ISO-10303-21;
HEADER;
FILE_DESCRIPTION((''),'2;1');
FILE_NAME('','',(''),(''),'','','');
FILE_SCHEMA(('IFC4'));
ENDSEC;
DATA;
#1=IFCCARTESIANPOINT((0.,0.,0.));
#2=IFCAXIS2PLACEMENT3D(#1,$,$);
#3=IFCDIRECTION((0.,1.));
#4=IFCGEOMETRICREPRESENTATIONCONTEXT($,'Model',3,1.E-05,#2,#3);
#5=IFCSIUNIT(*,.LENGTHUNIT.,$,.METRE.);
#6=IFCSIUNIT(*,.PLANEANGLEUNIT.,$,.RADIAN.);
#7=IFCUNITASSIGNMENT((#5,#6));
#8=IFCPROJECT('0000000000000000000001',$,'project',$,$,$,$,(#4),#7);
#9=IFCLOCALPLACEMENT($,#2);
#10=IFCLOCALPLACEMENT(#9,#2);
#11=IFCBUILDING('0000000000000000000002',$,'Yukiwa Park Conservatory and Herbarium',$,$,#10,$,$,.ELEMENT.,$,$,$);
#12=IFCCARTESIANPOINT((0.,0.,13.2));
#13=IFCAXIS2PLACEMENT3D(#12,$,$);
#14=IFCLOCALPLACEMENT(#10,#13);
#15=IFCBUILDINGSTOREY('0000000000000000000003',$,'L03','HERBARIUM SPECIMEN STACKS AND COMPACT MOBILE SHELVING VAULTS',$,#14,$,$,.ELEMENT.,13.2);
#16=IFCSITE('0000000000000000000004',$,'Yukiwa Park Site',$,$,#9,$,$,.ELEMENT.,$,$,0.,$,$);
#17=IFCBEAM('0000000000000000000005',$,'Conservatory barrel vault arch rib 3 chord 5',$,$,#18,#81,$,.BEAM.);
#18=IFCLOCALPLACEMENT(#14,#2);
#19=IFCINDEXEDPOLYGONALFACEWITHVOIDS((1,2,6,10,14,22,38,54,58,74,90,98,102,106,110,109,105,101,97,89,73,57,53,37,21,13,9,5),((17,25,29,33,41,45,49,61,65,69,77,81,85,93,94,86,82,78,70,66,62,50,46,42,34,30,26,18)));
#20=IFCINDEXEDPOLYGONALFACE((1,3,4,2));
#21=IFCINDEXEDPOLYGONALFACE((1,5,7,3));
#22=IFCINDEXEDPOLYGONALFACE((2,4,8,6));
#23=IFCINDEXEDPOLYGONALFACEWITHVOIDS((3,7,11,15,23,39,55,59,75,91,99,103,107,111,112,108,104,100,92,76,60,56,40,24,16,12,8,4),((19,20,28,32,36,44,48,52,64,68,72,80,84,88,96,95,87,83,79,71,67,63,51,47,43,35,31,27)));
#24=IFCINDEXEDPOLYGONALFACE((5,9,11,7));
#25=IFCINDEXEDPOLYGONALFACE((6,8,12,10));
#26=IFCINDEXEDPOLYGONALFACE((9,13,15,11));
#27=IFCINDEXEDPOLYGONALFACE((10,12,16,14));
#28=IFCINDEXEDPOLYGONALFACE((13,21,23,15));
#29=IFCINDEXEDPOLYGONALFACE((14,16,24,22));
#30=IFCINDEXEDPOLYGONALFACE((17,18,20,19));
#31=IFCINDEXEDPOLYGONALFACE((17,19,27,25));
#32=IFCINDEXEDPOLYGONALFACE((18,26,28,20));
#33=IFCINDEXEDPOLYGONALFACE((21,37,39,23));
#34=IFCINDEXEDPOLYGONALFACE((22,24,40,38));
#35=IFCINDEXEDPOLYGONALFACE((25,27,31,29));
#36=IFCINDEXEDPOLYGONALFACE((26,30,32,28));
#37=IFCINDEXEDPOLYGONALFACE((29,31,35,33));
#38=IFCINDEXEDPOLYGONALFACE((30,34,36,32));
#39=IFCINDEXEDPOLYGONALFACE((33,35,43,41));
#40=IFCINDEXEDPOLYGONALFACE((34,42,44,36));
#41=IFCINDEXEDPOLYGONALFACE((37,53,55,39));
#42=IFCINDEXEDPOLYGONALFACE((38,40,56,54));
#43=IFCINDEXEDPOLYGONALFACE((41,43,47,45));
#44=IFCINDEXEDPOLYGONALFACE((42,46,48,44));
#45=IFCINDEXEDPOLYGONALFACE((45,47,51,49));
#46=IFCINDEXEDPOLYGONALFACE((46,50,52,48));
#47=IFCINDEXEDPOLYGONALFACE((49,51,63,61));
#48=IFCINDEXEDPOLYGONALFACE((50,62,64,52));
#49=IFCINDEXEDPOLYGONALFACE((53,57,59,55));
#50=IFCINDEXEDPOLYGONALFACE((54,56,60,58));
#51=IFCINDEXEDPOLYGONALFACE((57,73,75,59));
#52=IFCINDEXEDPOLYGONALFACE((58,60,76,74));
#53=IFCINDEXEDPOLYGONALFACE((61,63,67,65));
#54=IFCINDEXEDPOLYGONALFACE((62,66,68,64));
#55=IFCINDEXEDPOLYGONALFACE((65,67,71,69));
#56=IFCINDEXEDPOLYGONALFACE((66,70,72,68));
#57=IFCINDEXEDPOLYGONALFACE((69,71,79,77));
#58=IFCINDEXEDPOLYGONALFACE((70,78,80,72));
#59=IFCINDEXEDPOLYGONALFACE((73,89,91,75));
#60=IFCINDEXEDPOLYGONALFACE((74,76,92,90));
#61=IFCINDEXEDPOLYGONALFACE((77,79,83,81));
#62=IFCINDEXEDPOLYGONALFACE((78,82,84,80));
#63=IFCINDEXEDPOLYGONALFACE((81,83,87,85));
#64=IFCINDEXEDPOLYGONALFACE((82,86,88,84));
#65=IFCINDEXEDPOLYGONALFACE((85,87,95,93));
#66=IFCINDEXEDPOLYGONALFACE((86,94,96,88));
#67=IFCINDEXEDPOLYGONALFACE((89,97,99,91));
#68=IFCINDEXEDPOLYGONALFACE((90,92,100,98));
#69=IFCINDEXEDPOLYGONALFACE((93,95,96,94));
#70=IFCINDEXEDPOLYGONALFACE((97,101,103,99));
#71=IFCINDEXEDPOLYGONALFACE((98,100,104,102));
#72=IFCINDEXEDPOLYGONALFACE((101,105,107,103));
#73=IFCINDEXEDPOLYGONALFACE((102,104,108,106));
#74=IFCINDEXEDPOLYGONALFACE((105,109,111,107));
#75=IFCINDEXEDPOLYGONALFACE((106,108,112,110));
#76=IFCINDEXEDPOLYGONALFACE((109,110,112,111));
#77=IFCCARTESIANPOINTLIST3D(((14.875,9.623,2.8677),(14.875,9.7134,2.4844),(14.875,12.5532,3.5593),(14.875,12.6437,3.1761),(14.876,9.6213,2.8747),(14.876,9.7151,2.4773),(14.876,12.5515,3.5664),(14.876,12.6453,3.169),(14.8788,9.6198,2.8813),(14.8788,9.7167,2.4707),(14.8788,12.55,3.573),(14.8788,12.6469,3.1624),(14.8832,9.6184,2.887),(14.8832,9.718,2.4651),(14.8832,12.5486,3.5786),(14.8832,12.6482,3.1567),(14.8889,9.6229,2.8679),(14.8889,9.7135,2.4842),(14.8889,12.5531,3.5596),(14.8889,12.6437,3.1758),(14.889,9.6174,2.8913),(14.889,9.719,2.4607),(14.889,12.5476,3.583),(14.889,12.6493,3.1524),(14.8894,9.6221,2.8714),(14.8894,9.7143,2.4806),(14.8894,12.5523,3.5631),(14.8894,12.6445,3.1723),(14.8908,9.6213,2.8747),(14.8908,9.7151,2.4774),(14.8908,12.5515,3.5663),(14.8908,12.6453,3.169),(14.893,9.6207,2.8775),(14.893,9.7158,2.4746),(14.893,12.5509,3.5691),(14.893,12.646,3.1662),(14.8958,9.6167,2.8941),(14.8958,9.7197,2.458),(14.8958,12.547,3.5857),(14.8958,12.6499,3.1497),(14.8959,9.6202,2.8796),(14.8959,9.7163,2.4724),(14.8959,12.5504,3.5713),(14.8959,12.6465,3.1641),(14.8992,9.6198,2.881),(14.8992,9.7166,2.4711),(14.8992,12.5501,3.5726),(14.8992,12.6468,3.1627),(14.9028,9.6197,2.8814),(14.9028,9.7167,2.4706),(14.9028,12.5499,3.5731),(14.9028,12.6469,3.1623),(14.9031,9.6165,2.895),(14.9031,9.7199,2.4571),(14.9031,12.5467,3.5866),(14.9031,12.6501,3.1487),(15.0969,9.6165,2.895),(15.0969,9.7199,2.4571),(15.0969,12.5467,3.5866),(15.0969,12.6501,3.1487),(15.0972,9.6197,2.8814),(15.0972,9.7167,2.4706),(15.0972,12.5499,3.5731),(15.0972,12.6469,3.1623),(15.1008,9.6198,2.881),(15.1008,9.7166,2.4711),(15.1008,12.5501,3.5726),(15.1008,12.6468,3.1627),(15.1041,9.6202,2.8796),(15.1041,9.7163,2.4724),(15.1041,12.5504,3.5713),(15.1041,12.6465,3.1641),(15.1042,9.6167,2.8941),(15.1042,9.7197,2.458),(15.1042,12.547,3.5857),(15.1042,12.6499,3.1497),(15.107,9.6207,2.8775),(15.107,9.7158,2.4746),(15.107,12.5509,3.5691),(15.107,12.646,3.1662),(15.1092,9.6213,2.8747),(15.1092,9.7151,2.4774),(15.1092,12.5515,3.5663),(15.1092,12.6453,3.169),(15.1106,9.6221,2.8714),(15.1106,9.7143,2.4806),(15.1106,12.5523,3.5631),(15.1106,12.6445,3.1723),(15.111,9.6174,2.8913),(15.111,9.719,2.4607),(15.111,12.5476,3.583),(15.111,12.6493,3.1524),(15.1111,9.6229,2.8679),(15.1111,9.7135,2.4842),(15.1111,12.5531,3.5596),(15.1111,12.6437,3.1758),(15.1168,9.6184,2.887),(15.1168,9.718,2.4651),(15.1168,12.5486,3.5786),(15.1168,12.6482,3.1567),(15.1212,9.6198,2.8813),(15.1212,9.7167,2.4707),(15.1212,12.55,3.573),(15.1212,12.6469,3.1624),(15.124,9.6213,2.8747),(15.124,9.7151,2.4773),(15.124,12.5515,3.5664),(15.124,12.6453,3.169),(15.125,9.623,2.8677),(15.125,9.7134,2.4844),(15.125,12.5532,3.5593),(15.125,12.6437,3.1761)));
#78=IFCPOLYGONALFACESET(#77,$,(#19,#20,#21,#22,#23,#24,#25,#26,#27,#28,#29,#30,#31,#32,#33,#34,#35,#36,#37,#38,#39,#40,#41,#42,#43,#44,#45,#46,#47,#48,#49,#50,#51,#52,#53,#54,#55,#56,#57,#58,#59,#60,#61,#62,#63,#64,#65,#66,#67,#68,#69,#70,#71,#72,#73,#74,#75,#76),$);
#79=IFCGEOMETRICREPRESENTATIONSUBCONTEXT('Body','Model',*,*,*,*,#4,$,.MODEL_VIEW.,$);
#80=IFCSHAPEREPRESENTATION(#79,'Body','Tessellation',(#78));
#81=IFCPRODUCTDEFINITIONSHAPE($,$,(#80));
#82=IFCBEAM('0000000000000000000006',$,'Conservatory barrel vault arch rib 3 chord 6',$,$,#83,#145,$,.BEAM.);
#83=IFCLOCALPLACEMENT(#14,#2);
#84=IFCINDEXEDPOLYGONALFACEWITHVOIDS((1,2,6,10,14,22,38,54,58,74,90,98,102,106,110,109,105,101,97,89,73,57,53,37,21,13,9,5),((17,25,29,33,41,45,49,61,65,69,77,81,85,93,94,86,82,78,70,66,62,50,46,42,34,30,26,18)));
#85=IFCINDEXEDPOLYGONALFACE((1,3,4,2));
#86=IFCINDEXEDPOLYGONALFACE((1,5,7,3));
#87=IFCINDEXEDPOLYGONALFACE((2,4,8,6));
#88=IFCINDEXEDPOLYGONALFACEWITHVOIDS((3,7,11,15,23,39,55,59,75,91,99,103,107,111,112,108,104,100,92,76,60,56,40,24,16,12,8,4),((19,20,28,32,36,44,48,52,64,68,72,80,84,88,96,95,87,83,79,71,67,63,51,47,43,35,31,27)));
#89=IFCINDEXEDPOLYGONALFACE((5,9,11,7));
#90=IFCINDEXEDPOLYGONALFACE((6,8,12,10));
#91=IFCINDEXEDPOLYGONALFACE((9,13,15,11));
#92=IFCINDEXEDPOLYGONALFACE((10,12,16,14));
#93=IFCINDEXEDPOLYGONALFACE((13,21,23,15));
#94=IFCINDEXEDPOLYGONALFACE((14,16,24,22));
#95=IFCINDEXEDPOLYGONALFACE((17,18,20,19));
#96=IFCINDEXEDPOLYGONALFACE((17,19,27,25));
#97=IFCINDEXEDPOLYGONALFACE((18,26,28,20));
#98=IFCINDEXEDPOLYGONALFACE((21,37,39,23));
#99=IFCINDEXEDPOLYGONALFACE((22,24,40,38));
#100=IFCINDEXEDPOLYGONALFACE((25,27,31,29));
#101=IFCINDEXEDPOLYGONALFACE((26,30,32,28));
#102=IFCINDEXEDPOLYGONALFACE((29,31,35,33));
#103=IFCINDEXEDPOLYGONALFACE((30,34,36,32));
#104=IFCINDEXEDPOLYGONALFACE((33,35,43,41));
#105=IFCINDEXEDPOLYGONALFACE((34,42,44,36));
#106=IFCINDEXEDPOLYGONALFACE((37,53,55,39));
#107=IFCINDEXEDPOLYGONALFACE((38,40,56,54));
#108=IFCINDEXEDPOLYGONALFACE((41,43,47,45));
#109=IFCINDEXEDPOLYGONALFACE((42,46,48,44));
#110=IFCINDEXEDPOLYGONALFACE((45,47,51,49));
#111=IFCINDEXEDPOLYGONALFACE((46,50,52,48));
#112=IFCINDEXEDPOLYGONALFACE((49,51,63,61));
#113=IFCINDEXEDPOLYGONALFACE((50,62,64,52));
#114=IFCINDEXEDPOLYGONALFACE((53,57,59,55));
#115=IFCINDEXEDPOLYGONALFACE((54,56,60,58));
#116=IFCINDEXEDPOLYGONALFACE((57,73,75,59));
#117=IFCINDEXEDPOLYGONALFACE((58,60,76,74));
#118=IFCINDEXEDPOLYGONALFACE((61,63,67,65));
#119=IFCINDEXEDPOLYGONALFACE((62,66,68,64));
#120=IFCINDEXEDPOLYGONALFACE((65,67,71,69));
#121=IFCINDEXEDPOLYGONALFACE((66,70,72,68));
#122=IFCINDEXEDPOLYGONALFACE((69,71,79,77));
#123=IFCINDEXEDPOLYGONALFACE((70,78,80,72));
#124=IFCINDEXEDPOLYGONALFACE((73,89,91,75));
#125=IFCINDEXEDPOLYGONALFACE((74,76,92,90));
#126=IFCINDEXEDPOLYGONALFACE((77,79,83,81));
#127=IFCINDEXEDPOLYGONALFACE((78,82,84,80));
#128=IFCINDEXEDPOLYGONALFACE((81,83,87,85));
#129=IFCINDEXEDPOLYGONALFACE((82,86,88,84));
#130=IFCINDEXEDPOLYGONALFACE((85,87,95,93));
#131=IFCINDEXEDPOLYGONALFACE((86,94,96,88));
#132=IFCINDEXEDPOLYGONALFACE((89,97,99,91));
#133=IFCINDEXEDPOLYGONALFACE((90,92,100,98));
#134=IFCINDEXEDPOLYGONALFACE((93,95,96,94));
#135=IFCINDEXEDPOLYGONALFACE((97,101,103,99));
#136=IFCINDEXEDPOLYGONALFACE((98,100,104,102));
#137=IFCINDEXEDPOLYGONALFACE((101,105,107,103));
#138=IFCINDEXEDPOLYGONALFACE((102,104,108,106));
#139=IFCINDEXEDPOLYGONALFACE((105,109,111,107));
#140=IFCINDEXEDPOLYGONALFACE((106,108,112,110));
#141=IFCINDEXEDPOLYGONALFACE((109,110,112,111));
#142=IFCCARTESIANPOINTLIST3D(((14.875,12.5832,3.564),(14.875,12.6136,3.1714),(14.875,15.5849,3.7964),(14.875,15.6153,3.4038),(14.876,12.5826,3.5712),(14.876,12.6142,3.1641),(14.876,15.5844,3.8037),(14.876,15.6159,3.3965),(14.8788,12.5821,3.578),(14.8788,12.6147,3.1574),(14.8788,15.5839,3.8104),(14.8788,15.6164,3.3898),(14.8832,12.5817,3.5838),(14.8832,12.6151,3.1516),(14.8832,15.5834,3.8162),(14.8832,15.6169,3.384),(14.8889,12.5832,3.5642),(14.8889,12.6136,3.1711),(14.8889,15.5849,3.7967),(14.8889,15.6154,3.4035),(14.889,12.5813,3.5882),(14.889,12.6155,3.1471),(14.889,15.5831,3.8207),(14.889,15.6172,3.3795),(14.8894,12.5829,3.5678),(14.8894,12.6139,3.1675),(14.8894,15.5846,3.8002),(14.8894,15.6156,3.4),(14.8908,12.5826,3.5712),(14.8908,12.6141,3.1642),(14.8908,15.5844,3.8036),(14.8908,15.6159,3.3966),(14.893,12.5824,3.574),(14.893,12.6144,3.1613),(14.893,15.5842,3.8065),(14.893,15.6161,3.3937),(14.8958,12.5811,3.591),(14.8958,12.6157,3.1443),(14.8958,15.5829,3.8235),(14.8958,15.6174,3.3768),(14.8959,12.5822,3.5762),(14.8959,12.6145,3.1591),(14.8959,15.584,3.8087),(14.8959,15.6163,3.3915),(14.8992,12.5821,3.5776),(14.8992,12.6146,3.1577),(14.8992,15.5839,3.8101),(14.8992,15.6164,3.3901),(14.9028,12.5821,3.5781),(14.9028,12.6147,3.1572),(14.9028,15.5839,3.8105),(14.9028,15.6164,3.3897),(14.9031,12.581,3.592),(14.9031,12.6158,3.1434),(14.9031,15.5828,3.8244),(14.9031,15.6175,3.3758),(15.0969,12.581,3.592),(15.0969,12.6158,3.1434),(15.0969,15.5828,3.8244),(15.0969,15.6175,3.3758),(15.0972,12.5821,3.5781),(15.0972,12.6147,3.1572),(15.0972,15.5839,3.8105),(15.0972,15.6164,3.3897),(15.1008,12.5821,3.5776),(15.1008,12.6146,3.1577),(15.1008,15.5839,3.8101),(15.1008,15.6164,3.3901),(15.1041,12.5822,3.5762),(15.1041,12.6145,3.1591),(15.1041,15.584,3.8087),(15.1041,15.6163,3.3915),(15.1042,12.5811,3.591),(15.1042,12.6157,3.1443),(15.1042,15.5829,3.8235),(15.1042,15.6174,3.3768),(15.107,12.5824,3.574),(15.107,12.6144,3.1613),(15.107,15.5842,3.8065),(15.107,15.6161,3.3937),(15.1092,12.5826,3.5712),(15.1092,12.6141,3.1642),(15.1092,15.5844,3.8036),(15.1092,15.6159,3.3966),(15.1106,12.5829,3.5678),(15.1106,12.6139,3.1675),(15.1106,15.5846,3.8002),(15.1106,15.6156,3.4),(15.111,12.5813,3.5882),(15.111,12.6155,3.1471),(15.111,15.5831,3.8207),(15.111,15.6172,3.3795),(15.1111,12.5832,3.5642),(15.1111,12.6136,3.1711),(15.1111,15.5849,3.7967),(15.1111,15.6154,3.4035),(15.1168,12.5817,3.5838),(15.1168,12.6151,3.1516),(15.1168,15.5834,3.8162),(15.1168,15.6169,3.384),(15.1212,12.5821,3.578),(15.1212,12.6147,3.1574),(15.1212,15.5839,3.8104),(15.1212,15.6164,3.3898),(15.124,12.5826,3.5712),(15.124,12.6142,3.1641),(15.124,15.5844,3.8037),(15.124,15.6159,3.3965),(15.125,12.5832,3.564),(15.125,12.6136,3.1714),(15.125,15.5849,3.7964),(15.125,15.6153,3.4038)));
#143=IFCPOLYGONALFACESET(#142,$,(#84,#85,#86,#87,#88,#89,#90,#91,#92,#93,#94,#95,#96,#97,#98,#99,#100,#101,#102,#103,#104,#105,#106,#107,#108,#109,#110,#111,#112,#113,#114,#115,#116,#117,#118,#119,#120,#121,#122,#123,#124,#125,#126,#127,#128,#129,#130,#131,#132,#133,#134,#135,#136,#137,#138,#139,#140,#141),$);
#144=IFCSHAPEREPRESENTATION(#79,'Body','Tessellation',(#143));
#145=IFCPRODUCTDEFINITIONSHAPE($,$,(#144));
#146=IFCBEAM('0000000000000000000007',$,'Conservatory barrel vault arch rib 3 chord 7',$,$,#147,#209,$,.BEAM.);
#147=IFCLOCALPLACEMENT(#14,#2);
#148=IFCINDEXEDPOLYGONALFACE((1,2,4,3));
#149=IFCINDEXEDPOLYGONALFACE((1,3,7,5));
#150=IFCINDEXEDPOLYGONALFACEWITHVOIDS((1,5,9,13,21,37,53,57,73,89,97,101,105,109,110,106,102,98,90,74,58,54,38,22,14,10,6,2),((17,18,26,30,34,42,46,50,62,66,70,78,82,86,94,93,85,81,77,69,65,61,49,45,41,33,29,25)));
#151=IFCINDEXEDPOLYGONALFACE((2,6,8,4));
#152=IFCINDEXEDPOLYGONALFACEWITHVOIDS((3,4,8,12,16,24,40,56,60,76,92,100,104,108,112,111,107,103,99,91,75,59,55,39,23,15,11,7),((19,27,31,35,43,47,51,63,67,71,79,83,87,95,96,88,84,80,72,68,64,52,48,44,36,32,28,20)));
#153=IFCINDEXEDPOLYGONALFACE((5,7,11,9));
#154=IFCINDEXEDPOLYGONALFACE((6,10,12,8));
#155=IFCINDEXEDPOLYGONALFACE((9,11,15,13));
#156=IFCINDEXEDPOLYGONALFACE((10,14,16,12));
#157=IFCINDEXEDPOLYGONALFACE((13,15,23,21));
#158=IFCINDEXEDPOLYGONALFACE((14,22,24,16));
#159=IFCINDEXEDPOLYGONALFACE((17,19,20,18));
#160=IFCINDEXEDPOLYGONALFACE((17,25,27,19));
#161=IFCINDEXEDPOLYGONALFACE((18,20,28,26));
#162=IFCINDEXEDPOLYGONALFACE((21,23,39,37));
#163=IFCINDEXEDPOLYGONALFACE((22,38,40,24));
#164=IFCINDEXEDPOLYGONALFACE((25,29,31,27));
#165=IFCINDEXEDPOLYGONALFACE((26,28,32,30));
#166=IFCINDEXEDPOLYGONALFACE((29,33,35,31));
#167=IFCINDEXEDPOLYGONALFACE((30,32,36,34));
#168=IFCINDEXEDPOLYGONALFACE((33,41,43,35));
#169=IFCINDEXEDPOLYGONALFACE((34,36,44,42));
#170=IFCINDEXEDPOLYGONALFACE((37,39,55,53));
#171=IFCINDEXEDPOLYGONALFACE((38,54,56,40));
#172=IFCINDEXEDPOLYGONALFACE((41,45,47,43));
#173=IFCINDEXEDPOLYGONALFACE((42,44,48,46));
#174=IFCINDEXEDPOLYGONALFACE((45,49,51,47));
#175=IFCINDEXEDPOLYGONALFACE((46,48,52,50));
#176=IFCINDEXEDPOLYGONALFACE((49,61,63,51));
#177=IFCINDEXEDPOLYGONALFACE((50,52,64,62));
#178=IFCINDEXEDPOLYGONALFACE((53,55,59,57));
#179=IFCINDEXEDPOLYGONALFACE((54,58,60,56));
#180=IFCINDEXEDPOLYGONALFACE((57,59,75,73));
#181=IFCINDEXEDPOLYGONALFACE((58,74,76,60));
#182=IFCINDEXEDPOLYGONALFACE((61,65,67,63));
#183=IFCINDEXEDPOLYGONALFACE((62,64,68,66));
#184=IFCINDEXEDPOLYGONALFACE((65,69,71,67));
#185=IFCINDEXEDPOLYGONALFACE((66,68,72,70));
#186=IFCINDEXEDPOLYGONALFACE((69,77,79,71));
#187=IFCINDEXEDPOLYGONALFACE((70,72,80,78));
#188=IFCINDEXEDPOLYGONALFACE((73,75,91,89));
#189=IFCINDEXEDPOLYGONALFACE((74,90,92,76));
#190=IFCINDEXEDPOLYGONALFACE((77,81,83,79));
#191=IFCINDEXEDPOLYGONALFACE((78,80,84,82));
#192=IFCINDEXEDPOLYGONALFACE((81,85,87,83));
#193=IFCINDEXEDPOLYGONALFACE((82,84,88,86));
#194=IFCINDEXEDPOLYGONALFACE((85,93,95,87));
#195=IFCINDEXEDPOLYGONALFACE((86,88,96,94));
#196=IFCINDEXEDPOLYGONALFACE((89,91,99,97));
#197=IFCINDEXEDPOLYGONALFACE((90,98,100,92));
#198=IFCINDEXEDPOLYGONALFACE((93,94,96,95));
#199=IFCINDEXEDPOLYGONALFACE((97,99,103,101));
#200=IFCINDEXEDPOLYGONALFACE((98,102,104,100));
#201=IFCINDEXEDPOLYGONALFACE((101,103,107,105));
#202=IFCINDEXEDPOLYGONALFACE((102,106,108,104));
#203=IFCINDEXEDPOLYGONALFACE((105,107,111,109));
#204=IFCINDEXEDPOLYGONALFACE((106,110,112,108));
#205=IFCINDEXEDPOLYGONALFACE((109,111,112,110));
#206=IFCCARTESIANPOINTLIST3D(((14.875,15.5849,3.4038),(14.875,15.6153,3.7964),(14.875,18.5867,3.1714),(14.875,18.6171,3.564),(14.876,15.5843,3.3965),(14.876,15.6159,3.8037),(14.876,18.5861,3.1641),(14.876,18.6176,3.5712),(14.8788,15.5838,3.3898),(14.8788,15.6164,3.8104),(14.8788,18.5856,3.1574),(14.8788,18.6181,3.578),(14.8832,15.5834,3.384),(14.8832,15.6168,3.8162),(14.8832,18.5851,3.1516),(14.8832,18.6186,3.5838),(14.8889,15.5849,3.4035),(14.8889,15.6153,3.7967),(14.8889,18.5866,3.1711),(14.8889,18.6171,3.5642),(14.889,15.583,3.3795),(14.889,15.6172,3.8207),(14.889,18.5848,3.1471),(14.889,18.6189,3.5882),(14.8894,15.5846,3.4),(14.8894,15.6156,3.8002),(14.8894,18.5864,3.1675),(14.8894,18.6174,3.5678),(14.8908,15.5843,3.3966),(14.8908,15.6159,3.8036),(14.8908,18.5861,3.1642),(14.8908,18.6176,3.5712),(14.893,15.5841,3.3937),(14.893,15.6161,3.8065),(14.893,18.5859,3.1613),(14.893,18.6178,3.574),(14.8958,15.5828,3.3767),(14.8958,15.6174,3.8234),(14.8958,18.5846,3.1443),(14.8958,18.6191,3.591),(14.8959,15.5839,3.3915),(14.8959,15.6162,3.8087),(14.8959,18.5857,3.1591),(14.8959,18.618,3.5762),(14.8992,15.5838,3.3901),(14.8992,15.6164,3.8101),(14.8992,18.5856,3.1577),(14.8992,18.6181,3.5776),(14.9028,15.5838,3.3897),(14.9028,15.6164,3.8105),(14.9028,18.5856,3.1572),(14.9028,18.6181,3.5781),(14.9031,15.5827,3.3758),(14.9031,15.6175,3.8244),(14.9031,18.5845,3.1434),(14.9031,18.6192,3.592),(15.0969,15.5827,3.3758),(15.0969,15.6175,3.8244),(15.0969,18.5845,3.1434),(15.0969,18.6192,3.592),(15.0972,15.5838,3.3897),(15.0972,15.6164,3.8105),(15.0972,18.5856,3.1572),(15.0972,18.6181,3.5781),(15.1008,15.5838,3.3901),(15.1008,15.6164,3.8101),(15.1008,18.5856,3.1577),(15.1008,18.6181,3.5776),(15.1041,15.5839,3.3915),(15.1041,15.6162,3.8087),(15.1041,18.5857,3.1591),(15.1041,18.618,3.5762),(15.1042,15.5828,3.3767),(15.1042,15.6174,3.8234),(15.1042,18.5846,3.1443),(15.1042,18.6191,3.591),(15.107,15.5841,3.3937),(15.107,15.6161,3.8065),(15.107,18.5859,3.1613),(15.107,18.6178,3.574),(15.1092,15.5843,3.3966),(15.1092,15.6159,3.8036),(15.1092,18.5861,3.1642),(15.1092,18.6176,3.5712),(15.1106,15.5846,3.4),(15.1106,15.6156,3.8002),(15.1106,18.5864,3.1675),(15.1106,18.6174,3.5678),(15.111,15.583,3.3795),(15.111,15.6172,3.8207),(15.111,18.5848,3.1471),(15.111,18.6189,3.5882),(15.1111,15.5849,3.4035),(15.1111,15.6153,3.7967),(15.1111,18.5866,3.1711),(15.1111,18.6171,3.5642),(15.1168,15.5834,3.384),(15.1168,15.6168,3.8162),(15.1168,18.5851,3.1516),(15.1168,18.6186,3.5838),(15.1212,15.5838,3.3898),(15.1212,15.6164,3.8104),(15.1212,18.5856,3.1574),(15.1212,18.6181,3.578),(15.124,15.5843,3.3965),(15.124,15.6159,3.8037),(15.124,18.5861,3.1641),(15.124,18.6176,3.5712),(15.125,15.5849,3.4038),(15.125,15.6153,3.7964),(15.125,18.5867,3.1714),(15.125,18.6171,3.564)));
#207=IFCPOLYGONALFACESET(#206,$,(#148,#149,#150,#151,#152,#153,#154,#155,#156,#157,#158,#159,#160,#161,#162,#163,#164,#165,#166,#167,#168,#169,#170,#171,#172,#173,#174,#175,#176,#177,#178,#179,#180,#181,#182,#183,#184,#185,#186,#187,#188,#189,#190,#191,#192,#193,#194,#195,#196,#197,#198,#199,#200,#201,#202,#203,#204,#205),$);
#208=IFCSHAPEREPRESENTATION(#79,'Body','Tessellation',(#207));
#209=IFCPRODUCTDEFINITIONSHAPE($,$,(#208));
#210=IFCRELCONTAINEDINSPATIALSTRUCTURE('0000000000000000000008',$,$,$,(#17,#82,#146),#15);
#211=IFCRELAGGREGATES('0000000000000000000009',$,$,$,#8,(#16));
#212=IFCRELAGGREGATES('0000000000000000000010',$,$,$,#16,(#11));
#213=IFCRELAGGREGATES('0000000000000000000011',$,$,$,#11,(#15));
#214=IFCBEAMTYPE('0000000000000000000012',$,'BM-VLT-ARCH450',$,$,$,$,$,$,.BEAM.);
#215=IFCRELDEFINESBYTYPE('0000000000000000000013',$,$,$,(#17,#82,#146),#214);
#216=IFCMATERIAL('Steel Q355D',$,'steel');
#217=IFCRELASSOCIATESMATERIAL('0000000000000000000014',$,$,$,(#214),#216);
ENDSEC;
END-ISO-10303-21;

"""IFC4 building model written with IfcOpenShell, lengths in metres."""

from ifc_helpers import new_model, si_unit, direction, frame, origin, origin_2d, place, context, subcontext, project, spatial, hollow_rectangle, extrude, material, material_profile, profile_set, type_object, element, save


model = new_model("IFC4")

# Units and contexts
model_context = context("Model", 3, precision=1e-05, world=origin(), true_north=direction((0.0, 1.0)))
body_context = subcontext(model_context, "Body", "Model", "MODEL_VIEW")
ifc_project = project(units=[si_unit("LENGTHUNIT", "METRE"), si_unit("PLANEANGLEUNIT", "RADIAN")], contexts=[model_context])

# Site, building, storey
site_placement = place(None, origin())
site = spatial("IfcSite", under=ifc_project, at=site_placement, Name="Yukiwa Park Site", CompositionType="ELEMENT", RefElevation=0.0)
building_placement = place(site_placement, origin())
building = spatial("IfcBuilding", under=site, at=building_placement, Name="Yukiwa Park Conservatory and Herbarium", CompositionType="ELEMENT")
storey_placement = place(building_placement, frame((0.0, 0.0, 13.2)))
storey = spatial("IfcBuildingStorey", under=building, at=storey_placement, Name="L03", Description="HERBARIUM SPECIMEN STACKS AND COMPACT MOBILE SHELVING VAULTS", CompositionType="ELEMENT", Elevation=13.2)

# Beams
ifc_material_1 = material(Name="Steel Q355D", Category="steel")
ifc_material_profile_1 = material_profile(ifc_material_1, hollow_rectangle(XDim=0.25, YDim=0.45, WallThickness=0.0139, InnerFilletRadius=0.0139, OuterFilletRadius=0.0281, at=origin_2d()), Name="RHS 450x250x14")
ifc_profile_set_1 = profile_set([ifc_material_profile_1], Name="Steel Q355D")
beam_type = type_object("IfcBeamType", Name="BM-VLT-ARCH450", PredefinedType="BEAM", material=ifc_profile_set_1)
for number, where, z_axis, x_axis, name in (
    (1, (15.0, 9.6682, 2.676), (0.0, 0.973254, 0.229731), (-1.0, 0.0, 0.0), "Conservatory barrel vault arch rib 3 chord 5"),
    (2, (15.0, 12.5984, 3.3677), (0.0, 0.997016, 0.077199), (-1.0, 0.0, 0.0), "Conservatory barrel vault arch rib 3 chord 6"),
    (3, (15.0, 15.6001, 3.6001), (0.0, 0.997016, -0.077199), (-1.0, 0.0, 0.0), "Conservatory barrel vault arch rib 3 chord 7"),
):
    element("IfcBeam", number, at=place(storey_placement, frame(where, z_axis=z_axis, x_axis=x_axis)), inside=storey, type_object=beam_type, Name=name, PredefinedType="BEAM", context=body_context, shape_type="SweptSolid", body=[
        extrude(hollow_rectangle(XDim=0.25, YDim=0.45, WallThickness=0.0139, InnerFilletRadius=0.0139, OuterFilletRadius=0.0281, at=origin_2d()), origin(), (0.0, 0.0, 1.0), 3.0107),
    ])

save(model, "model.ifc")
